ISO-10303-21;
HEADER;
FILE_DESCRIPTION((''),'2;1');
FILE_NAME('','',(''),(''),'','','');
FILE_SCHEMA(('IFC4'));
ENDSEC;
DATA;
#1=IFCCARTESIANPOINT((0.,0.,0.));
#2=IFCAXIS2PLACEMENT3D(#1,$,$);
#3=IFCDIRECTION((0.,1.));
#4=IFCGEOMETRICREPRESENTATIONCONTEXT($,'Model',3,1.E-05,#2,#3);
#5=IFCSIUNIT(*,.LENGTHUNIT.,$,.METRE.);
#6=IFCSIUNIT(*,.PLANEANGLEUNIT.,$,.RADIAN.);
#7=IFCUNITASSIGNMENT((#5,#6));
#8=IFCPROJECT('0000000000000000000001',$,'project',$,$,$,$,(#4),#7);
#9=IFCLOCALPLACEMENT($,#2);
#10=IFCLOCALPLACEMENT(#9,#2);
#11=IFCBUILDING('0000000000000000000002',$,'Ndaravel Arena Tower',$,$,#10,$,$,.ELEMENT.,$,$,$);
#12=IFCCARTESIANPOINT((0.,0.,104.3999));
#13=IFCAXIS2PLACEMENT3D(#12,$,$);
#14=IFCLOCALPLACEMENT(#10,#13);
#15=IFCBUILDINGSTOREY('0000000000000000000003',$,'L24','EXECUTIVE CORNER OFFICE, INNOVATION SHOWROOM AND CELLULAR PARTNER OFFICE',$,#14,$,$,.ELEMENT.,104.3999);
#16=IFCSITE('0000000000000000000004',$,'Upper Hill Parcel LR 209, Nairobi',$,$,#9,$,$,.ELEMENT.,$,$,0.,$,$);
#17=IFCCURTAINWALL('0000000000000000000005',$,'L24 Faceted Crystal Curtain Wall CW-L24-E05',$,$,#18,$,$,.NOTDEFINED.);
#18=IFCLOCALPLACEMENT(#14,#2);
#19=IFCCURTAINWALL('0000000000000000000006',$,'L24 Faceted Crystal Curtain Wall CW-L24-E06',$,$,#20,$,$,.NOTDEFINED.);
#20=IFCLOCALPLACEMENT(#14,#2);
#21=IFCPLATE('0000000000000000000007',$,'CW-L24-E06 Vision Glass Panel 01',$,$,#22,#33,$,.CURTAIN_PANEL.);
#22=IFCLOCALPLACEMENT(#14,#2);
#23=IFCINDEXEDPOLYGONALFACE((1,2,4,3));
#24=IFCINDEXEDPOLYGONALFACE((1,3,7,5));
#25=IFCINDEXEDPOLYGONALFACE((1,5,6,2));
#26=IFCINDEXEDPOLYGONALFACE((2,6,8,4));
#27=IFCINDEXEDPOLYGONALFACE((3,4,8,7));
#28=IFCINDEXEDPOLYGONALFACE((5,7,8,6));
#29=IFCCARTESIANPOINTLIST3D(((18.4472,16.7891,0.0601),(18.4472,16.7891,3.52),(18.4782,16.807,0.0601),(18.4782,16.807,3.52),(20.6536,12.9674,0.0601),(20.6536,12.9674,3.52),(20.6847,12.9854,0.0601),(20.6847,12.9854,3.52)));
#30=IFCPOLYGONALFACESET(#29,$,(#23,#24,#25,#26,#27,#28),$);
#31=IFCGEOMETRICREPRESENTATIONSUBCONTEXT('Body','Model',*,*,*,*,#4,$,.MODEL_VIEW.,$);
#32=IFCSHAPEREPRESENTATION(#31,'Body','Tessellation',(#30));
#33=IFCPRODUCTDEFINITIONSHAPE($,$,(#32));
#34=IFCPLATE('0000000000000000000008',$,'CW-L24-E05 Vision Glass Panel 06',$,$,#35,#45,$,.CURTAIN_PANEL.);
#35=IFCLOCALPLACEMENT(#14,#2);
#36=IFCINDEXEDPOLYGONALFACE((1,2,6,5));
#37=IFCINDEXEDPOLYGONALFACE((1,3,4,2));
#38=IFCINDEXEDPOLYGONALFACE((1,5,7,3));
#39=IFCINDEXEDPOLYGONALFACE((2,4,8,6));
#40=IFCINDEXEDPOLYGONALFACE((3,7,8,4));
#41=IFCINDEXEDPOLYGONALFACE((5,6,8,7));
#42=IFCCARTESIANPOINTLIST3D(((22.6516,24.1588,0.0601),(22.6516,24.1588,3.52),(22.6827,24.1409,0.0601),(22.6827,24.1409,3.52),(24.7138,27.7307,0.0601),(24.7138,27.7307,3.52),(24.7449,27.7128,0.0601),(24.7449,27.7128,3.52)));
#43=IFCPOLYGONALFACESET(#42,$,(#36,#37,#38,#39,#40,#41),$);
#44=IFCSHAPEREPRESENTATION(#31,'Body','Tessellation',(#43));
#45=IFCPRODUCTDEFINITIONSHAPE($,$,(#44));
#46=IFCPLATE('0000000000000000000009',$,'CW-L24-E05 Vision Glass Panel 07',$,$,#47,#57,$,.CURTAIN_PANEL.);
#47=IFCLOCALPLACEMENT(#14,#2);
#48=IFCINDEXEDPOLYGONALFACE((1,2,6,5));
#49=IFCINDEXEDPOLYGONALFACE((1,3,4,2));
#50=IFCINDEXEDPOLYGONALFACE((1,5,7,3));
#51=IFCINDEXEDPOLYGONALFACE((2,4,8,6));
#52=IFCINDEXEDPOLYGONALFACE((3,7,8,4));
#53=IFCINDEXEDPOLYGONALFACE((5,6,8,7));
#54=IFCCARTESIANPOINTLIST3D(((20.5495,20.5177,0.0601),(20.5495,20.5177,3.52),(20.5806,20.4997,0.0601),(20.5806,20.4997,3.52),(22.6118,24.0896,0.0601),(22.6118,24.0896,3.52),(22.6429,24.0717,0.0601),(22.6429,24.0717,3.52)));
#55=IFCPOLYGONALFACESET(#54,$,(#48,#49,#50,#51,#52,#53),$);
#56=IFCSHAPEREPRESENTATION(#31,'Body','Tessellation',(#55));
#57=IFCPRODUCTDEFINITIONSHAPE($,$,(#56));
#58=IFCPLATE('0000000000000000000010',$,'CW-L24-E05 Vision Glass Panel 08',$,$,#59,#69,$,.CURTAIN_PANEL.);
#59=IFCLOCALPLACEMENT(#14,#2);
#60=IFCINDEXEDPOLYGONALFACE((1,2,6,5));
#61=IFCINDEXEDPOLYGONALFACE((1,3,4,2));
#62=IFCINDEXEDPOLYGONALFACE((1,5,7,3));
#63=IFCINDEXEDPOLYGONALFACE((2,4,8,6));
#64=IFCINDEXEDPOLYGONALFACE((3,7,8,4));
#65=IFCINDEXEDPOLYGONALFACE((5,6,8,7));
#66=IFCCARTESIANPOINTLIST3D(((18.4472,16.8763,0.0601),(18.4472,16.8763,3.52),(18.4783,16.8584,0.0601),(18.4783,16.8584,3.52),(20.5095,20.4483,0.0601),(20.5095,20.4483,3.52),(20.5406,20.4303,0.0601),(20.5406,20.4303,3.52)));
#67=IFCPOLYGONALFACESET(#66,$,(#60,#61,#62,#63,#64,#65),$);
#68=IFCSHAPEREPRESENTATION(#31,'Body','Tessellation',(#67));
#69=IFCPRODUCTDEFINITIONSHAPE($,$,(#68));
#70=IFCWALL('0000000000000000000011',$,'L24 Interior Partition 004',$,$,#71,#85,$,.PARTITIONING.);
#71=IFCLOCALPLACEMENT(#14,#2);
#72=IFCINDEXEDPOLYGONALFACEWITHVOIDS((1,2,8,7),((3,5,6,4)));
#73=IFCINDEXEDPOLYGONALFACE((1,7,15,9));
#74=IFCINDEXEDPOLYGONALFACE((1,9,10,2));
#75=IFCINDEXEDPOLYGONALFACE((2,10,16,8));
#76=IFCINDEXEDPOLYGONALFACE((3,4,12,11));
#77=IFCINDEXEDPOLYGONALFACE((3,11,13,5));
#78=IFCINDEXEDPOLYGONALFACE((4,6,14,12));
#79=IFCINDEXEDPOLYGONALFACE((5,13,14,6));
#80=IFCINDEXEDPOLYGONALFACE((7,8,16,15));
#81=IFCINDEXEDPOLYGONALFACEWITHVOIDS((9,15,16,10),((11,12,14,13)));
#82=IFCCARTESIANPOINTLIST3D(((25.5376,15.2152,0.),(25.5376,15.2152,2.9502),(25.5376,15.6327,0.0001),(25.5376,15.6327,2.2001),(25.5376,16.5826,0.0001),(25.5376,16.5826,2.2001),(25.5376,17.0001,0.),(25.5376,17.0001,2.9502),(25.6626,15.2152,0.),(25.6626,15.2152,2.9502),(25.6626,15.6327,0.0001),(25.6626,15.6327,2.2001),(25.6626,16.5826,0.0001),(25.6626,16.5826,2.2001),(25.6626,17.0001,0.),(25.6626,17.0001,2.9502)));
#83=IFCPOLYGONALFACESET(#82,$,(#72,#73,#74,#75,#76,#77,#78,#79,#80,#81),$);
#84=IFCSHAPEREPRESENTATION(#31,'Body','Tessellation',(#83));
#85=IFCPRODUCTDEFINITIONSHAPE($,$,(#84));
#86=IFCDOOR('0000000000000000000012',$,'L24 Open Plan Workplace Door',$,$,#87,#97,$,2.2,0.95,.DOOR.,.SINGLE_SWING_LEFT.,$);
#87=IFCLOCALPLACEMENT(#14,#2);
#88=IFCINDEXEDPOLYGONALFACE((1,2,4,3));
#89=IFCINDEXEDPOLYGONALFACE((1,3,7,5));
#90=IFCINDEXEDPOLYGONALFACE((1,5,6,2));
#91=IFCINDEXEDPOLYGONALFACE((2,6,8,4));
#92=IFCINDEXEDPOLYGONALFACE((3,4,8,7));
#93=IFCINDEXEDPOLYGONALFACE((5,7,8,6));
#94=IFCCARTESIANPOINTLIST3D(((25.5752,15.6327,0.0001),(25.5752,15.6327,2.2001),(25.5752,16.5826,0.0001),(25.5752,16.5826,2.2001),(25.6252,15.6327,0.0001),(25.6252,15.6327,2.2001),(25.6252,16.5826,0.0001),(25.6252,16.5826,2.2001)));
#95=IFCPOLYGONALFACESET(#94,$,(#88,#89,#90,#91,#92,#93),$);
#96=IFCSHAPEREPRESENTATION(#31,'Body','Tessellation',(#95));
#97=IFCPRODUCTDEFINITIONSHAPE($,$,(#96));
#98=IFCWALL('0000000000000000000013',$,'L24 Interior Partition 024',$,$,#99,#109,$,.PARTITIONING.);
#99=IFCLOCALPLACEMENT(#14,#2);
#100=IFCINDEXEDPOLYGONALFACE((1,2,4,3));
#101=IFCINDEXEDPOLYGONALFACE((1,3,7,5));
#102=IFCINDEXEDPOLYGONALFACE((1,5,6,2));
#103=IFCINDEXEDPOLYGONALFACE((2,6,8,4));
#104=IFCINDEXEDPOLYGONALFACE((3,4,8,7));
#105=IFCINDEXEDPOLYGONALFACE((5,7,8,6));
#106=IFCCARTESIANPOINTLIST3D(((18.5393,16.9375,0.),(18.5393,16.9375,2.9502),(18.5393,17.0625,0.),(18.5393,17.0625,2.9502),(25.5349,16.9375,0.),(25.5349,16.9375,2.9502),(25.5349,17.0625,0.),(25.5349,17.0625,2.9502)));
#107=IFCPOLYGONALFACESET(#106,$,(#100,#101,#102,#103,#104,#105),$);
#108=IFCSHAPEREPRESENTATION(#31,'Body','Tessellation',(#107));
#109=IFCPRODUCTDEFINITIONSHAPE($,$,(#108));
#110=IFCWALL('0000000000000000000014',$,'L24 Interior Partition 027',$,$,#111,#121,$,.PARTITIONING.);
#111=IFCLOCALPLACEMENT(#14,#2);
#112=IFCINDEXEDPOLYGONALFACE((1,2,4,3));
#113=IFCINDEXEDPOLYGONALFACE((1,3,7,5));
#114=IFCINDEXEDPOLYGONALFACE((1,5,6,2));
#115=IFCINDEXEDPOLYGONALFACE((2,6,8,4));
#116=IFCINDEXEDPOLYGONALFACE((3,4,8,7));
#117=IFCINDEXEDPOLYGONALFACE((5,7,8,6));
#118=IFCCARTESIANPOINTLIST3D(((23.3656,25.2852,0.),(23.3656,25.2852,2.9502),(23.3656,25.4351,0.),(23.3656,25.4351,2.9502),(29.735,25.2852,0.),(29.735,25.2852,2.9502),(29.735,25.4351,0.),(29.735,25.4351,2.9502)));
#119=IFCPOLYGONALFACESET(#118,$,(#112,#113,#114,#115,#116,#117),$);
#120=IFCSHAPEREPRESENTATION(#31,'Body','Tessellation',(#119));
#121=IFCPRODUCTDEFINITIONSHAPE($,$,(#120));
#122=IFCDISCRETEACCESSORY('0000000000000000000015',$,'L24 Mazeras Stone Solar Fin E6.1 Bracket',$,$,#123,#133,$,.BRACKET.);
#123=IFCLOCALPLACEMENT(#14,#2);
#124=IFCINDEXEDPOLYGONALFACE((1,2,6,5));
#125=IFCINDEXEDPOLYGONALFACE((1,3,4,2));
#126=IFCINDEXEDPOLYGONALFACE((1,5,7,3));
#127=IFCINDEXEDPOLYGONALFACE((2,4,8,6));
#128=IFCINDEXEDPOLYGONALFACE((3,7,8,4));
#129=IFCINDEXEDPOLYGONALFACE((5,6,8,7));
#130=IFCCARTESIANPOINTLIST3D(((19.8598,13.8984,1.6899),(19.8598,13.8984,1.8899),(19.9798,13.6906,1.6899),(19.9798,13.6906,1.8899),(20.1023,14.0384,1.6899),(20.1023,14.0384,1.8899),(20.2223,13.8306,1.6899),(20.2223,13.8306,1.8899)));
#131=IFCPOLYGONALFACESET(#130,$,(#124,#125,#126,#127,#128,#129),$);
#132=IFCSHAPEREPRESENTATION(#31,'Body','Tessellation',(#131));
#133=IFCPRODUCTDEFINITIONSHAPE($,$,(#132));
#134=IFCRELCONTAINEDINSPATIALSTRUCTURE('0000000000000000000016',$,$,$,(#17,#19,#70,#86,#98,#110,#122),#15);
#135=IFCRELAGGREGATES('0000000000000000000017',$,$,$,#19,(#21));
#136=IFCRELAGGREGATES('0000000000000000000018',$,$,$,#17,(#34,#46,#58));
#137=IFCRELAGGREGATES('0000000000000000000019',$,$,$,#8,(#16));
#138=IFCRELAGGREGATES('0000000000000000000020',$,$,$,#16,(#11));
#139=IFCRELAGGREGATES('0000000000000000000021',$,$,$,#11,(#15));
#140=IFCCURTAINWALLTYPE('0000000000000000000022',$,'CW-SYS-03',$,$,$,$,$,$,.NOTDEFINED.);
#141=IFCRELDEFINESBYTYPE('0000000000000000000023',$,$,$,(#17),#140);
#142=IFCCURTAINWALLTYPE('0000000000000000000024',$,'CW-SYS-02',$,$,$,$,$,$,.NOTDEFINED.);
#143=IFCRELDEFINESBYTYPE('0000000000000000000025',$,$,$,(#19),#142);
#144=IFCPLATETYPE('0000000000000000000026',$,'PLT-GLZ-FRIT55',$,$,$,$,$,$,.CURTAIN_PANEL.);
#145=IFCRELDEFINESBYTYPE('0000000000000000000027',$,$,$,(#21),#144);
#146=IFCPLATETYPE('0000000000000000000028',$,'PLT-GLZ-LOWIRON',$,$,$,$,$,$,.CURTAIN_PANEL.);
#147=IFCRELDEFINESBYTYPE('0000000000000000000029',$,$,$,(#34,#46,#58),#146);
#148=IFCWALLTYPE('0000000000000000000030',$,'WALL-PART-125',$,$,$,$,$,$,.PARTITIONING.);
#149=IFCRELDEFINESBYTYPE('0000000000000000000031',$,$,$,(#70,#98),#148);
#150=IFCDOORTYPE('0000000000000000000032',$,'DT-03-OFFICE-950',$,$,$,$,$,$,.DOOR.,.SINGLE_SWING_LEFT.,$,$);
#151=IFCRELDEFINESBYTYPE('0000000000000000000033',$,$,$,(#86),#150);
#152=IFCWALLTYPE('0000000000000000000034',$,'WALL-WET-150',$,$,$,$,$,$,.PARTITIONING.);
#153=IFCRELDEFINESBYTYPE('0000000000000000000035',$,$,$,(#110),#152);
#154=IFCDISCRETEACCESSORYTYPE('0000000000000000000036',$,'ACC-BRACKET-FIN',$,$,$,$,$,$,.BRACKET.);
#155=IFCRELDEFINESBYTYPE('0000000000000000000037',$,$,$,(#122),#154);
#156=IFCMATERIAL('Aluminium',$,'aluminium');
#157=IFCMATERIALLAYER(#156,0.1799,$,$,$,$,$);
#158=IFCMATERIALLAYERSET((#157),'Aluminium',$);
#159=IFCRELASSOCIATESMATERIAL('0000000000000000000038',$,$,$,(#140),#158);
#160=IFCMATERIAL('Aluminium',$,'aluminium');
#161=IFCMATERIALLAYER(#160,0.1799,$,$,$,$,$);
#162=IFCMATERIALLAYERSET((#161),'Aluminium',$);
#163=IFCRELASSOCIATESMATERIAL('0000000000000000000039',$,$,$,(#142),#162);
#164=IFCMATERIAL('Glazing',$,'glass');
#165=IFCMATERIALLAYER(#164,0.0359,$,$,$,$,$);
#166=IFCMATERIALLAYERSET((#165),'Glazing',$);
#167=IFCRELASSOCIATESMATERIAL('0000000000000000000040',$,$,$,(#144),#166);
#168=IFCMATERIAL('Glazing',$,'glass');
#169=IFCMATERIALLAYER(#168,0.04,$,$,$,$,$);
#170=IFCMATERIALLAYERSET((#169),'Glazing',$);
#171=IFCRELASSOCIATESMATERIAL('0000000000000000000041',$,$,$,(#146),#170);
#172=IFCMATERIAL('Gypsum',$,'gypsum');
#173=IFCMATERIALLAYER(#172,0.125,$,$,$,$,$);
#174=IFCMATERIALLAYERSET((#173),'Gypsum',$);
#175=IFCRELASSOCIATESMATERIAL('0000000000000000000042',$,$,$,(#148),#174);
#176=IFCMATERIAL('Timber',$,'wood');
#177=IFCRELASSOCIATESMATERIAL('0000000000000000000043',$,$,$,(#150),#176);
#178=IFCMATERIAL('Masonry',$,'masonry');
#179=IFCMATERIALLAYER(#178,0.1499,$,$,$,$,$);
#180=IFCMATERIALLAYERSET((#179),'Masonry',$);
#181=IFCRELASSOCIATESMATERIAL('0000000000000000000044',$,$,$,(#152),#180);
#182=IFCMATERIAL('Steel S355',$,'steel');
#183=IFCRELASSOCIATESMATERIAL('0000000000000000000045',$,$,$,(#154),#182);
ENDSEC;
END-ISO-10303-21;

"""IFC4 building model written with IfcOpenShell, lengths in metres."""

from ifc_helpers import new_model, si_unit, direction, frame, frame_2d, origin, origin_2d, place, context, subcontext, project, spatial, rectangle, extrude, material, layer, layer_set, type_object, element, fill, aggregate, save


model = new_model("IFC4")

# Units and contexts
model_context = context("Model", 3, precision=1e-05, world=origin(), true_north=direction((0.0, 1.0)))
body_context = subcontext(model_context, "Body", "Model", "MODEL_VIEW")
ifc_project = project(units=[si_unit("LENGTHUNIT", "METRE"), si_unit("PLANEANGLEUNIT", "RADIAN")], contexts=[model_context])

# Site, building, storey
site_placement = place(None, origin())
site = spatial("IfcSite", under=ifc_project, at=site_placement, Name="Upper Hill Parcel LR 209, Nairobi", CompositionType="ELEMENT", RefElevation=0.0)
building_placement = place(site_placement, origin())
building = spatial("IfcBuilding", under=site, at=building_placement, Name="Ndaravel Arena Tower", CompositionType="ELEMENT")
storey_placement = place(building_placement, frame((0.0, 0.0, 104.3999)))
storey = spatial("IfcBuildingStorey", under=building, at=storey_placement, Name="L24", Description="EXECUTIVE CORNER OFFICE, INNOVATION SHOWROOM AND CELLULAR PARTNER OFFICE", CompositionType="ELEMENT", Elevation=104.3999)

# Curtain wall
ifc_material_1 = material(Name="Aluminium", Category="aluminium")
ifc_layer_1 = layer(ifc_material_1, 0.1799)
ifc_layer_set_1 = layer_set([ifc_layer_1], Name="Aluminium")
curtain_wall_type_1 = type_object("IfcCurtainWallType", Name="CW-SYS-03", PredefinedType="NOTDEFINED", material=ifc_layer_set_1)
curtain_wall_1_placement = place(storey_placement, origin())
curtain_wall_1 = element("IfcCurtainWall", 1, at=curtain_wall_1_placement, inside=storey, type_object=curtain_wall_type_1, Name="L24 Faceted Crystal Curtain Wall CW-L24-E05", PredefinedType="NOTDEFINED")

# Curtain wall, plate
ifc_material_2 = material(Name="Aluminium", Category="aluminium")
ifc_layer_2 = layer(ifc_material_2, 0.1799)
ifc_layer_set_2 = layer_set([ifc_layer_2], Name="Aluminium")
curtain_wall_type_2 = type_object("IfcCurtainWallType", Name="CW-SYS-02", PredefinedType="NOTDEFINED", material=ifc_layer_set_2)
curtain_wall_2_placement = place(storey_placement, origin())
curtain_wall_2 = element("IfcCurtainWall", 2, at=curtain_wall_2_placement, inside=storey, type_object=curtain_wall_type_2, Name="L24 Faceted Crystal Curtain Wall CW-L24-E06", PredefinedType="NOTDEFINED")
ifc_material_3 = material(Name="Glazing", Category="glass")
ifc_layer_3 = layer(ifc_material_3, 0.0359)
ifc_layer_set_3 = layer_set([ifc_layer_3], Name="Glazing")
plate_type_1 = type_object("IfcPlateType", Name="PLT-GLZ-FRIT55", PredefinedType="CURTAIN_PANEL", material=ifc_layer_set_3)
plate_1_placement = place(storey_placement, frame((19.5659, 14.8872, 0.0601), z_axis=(0.0, 0.0, 1.0), x_axis=(0.5, -0.866025, 0.0)))
plate_1 = element("IfcPlate", 3, at=plate_1_placement, type_object=plate_type_1, Name="CW-L24-E06 Vision Glass Panel 01", PredefinedType="CURTAIN_PANEL", context=body_context, shape_type="SweptSolid", body=[
    extrude(rectangle(XDim=4.4128, YDim=0.0359, at=origin_2d()), origin(), (0.0, 0.0, 1.0), 3.46),
])
aggregate(curtain_wall_2, [plate_1])

# Plates
ifc_material_4 = material(Name="Glazing", Category="glass")
ifc_layer_4 = layer(ifc_material_4, 0.04)
ifc_layer_set_4 = layer_set([ifc_layer_4], Name="Glazing")
plate_type_2 = type_object("IfcPlateType", Name="PLT-GLZ-LOWIRON", PredefinedType="CURTAIN_PANEL", material=ifc_layer_set_4)
plate_2_placement = place(storey_placement, frame((23.6982, 25.9358, 0.0601), z_axis=(0.0, 0.0, 1.0), x_axis=(-0.5, -0.866025, 0.0)))
plate_2 = element("IfcPlate", 4, at=plate_2_placement, type_object=plate_type_2, Name="CW-L24-E05 Vision Glass Panel 06", PredefinedType="CURTAIN_PANEL", context=body_context, shape_type="SweptSolid", body=[
    extrude(rectangle(XDim=4.1245, YDim=0.0359, at=origin_2d()), origin(), (0.0, 0.0, 1.0), 3.46),
])
plate_3_placement = place(storey_placement, frame((21.5962, 22.2947, 0.0601), z_axis=(0.0, 0.0, 1.0), x_axis=(-0.5, -0.866025, 0.0)))
plate_3 = element("IfcPlate", 5, at=plate_3_placement, type_object=plate_type_2, Name="CW-L24-E05 Vision Glass Panel 07", PredefinedType="CURTAIN_PANEL", context=body_context, shape_type="SweptSolid", body=[
    extrude(rectangle(XDim=4.1245, YDim=0.0359, at=origin_2d()), origin(), (0.0, 0.0, 1.0), 3.46),
])
plate_4_placement = place(storey_placement, frame((19.4939, 18.6533, 0.0601), z_axis=(0.0, 0.0, 1.0), x_axis=(-0.5, -0.866025, 0.0)))
plate_4 = element("IfcPlate", 6, at=plate_4_placement, type_object=plate_type_2, Name="CW-L24-E05 Vision Glass Panel 08", PredefinedType="CURTAIN_PANEL", context=body_context, shape_type="SweptSolid", body=[
    extrude(rectangle(XDim=4.1245, YDim=0.0359, at=origin_2d()), origin(), (0.0, 0.0, 1.0), 3.46),
])
aggregate(curtain_wall_1, [plate_2, plate_3, plate_4])

# Wall, opening, door
ifc_material_5 = material(Name="Gypsum", Category="gypsum")
ifc_layer_5 = layer(ifc_material_5, 0.125)
ifc_layer_set_5 = layer_set([ifc_layer_5], Name="Gypsum")
wall_type_1 = type_object("IfcWallType", Name="WALL-PART-125", PredefinedType="PARTITIONING", material=ifc_layer_set_5)
wall_1_placement = place(storey_placement, frame((25.6001, 15.2151, 0.0), z_axis=(0.0, 0.0, 1.0), x_axis=(0.0, 1.0, 0.0)))
wall_1 = element("IfcWall", 7, at=wall_1_placement, inside=storey, type_object=wall_type_1, Name="L24 Interior Partition 004", PredefinedType="PARTITIONING", context=body_context, shape_type="SweptSolid", body=[
    extrude(rectangle(XDim=1.7849, YDim=0.125, at=frame_2d((0.8926, 0.0))), origin(), (0.0, 0.0, 1.0), 2.9502),
])
opening_placement = place(wall_1_placement, frame((0.4175, 0.0, 0.0)))
opening = element("IfcOpeningElement", 8, at=opening_placement, cuts=wall_1, PredefinedType="OPENING", context=body_context, shape_type="SweptSolid", body=[
    extrude(rectangle(XDim=0.95, YDim=2.2, at=frame_2d((0.4751, 1.1001))), frame((0.0, 0.0625, 0.0), z_axis=(0.0, -1.0, 0.0), x_axis=(1.0, 0.0, 0.0)), (0.0, 0.0, 1.0), 0.125),
])
ifc_material_6 = material(Name="Timber", Category="wood")
door_type = type_object("IfcDoorType", Name="DT-03-OFFICE-950", OperationType="SINGLE_SWING_LEFT", PredefinedType="DOOR", material=ifc_material_6)
door_placement = place(opening_placement, origin())
door = element("IfcDoor", 9, at=door_placement, inside=storey, type_object=door_type, Name="L24 Open Plan Workplace Door", OperationType="SINGLE_SWING_LEFT", OverallHeight=2.2, OverallWidth=0.95, PredefinedType="DOOR", context=body_context, shape_type="SweptSolid", body=[
    extrude(rectangle(XDim=0.95, YDim=2.2, at=frame_2d((0.4751, 1.1001))), frame((0.0, 0.0249, 0.0), z_axis=(0.0, -1.0, 0.0), x_axis=(1.0, 0.0, 0.0)), (0.0, 0.0, 1.0), 0.05),
])
fill(opening, door)

# Walls
wall_2_placement = place(storey_placement, frame((18.5393, 17.0, 0.0), z_axis=(0.0, 0.0, 1.0), x_axis=(1.0, 0.0, 0.0)))
element("IfcWall", 10, at=wall_2_placement, inside=storey, type_object=wall_type_1, Name="L24 Interior Partition 024", PredefinedType="PARTITIONING", context=body_context, shape_type="SweptSolid", body=[
    extrude(rectangle(XDim=6.9956, YDim=0.125, at=frame_2d((3.4978, 0.0))), origin(), (0.0, 0.0, 1.0), 2.9502),
])
ifc_material_7 = material(Name="Masonry", Category="masonry")
ifc_layer_6 = layer(ifc_material_7, 0.1499)
ifc_layer_set_6 = layer_set([ifc_layer_6], Name="Masonry")
wall_type_2 = type_object("IfcWallType", Name="WALL-WET-150", PredefinedType="PARTITIONING", material=ifc_layer_set_6)
wall_3_placement = place(storey_placement, frame((23.3657, 25.3601, 0.0), z_axis=(0.0, 0.0, 1.0), x_axis=(1.0, 0.0, 0.0)))
element("IfcWall", 11, at=wall_3_placement, inside=storey, type_object=wall_type_2, Name="L24 Interior Partition 027", PredefinedType="PARTITIONING", context=body_context, shape_type="SweptSolid", body=[
    extrude(rectangle(XDim=6.3694, YDim=0.1499, at=frame_2d((3.1846, 0.0))), origin(), (0.0, 0.0, 1.0), 2.9502),
])

# Discrete accessory
ifc_material_8 = material(Name="Steel S355", Category="steel")
discrete_accessory_type = type_object("IfcDiscreteAccessoryType", Name="ACC-BRACKET-FIN", PredefinedType="BRACKET", material=ifc_material_8)
discrete_accessory_placement = place(storey_placement, frame((20.041, 13.8645, 1.6899), z_axis=(0.0, 0.0, 1.0), x_axis=(-0.866025, -0.5, 0.0)))
element("IfcDiscreteAccessory", 12, at=discrete_accessory_placement, inside=storey, type_object=discrete_accessory_type, Name="L24 Mazeras Stone Solar Fin E6.1 Bracket", PredefinedType="BRACKET", context=body_context, shape_type="SweptSolid", body=[
    extrude(rectangle(XDim=0.28, YDim=0.24, at=origin_2d()), origin(), (0.0, 0.0, 1.0), 0.2),
])

save(model, "model.ifc")
